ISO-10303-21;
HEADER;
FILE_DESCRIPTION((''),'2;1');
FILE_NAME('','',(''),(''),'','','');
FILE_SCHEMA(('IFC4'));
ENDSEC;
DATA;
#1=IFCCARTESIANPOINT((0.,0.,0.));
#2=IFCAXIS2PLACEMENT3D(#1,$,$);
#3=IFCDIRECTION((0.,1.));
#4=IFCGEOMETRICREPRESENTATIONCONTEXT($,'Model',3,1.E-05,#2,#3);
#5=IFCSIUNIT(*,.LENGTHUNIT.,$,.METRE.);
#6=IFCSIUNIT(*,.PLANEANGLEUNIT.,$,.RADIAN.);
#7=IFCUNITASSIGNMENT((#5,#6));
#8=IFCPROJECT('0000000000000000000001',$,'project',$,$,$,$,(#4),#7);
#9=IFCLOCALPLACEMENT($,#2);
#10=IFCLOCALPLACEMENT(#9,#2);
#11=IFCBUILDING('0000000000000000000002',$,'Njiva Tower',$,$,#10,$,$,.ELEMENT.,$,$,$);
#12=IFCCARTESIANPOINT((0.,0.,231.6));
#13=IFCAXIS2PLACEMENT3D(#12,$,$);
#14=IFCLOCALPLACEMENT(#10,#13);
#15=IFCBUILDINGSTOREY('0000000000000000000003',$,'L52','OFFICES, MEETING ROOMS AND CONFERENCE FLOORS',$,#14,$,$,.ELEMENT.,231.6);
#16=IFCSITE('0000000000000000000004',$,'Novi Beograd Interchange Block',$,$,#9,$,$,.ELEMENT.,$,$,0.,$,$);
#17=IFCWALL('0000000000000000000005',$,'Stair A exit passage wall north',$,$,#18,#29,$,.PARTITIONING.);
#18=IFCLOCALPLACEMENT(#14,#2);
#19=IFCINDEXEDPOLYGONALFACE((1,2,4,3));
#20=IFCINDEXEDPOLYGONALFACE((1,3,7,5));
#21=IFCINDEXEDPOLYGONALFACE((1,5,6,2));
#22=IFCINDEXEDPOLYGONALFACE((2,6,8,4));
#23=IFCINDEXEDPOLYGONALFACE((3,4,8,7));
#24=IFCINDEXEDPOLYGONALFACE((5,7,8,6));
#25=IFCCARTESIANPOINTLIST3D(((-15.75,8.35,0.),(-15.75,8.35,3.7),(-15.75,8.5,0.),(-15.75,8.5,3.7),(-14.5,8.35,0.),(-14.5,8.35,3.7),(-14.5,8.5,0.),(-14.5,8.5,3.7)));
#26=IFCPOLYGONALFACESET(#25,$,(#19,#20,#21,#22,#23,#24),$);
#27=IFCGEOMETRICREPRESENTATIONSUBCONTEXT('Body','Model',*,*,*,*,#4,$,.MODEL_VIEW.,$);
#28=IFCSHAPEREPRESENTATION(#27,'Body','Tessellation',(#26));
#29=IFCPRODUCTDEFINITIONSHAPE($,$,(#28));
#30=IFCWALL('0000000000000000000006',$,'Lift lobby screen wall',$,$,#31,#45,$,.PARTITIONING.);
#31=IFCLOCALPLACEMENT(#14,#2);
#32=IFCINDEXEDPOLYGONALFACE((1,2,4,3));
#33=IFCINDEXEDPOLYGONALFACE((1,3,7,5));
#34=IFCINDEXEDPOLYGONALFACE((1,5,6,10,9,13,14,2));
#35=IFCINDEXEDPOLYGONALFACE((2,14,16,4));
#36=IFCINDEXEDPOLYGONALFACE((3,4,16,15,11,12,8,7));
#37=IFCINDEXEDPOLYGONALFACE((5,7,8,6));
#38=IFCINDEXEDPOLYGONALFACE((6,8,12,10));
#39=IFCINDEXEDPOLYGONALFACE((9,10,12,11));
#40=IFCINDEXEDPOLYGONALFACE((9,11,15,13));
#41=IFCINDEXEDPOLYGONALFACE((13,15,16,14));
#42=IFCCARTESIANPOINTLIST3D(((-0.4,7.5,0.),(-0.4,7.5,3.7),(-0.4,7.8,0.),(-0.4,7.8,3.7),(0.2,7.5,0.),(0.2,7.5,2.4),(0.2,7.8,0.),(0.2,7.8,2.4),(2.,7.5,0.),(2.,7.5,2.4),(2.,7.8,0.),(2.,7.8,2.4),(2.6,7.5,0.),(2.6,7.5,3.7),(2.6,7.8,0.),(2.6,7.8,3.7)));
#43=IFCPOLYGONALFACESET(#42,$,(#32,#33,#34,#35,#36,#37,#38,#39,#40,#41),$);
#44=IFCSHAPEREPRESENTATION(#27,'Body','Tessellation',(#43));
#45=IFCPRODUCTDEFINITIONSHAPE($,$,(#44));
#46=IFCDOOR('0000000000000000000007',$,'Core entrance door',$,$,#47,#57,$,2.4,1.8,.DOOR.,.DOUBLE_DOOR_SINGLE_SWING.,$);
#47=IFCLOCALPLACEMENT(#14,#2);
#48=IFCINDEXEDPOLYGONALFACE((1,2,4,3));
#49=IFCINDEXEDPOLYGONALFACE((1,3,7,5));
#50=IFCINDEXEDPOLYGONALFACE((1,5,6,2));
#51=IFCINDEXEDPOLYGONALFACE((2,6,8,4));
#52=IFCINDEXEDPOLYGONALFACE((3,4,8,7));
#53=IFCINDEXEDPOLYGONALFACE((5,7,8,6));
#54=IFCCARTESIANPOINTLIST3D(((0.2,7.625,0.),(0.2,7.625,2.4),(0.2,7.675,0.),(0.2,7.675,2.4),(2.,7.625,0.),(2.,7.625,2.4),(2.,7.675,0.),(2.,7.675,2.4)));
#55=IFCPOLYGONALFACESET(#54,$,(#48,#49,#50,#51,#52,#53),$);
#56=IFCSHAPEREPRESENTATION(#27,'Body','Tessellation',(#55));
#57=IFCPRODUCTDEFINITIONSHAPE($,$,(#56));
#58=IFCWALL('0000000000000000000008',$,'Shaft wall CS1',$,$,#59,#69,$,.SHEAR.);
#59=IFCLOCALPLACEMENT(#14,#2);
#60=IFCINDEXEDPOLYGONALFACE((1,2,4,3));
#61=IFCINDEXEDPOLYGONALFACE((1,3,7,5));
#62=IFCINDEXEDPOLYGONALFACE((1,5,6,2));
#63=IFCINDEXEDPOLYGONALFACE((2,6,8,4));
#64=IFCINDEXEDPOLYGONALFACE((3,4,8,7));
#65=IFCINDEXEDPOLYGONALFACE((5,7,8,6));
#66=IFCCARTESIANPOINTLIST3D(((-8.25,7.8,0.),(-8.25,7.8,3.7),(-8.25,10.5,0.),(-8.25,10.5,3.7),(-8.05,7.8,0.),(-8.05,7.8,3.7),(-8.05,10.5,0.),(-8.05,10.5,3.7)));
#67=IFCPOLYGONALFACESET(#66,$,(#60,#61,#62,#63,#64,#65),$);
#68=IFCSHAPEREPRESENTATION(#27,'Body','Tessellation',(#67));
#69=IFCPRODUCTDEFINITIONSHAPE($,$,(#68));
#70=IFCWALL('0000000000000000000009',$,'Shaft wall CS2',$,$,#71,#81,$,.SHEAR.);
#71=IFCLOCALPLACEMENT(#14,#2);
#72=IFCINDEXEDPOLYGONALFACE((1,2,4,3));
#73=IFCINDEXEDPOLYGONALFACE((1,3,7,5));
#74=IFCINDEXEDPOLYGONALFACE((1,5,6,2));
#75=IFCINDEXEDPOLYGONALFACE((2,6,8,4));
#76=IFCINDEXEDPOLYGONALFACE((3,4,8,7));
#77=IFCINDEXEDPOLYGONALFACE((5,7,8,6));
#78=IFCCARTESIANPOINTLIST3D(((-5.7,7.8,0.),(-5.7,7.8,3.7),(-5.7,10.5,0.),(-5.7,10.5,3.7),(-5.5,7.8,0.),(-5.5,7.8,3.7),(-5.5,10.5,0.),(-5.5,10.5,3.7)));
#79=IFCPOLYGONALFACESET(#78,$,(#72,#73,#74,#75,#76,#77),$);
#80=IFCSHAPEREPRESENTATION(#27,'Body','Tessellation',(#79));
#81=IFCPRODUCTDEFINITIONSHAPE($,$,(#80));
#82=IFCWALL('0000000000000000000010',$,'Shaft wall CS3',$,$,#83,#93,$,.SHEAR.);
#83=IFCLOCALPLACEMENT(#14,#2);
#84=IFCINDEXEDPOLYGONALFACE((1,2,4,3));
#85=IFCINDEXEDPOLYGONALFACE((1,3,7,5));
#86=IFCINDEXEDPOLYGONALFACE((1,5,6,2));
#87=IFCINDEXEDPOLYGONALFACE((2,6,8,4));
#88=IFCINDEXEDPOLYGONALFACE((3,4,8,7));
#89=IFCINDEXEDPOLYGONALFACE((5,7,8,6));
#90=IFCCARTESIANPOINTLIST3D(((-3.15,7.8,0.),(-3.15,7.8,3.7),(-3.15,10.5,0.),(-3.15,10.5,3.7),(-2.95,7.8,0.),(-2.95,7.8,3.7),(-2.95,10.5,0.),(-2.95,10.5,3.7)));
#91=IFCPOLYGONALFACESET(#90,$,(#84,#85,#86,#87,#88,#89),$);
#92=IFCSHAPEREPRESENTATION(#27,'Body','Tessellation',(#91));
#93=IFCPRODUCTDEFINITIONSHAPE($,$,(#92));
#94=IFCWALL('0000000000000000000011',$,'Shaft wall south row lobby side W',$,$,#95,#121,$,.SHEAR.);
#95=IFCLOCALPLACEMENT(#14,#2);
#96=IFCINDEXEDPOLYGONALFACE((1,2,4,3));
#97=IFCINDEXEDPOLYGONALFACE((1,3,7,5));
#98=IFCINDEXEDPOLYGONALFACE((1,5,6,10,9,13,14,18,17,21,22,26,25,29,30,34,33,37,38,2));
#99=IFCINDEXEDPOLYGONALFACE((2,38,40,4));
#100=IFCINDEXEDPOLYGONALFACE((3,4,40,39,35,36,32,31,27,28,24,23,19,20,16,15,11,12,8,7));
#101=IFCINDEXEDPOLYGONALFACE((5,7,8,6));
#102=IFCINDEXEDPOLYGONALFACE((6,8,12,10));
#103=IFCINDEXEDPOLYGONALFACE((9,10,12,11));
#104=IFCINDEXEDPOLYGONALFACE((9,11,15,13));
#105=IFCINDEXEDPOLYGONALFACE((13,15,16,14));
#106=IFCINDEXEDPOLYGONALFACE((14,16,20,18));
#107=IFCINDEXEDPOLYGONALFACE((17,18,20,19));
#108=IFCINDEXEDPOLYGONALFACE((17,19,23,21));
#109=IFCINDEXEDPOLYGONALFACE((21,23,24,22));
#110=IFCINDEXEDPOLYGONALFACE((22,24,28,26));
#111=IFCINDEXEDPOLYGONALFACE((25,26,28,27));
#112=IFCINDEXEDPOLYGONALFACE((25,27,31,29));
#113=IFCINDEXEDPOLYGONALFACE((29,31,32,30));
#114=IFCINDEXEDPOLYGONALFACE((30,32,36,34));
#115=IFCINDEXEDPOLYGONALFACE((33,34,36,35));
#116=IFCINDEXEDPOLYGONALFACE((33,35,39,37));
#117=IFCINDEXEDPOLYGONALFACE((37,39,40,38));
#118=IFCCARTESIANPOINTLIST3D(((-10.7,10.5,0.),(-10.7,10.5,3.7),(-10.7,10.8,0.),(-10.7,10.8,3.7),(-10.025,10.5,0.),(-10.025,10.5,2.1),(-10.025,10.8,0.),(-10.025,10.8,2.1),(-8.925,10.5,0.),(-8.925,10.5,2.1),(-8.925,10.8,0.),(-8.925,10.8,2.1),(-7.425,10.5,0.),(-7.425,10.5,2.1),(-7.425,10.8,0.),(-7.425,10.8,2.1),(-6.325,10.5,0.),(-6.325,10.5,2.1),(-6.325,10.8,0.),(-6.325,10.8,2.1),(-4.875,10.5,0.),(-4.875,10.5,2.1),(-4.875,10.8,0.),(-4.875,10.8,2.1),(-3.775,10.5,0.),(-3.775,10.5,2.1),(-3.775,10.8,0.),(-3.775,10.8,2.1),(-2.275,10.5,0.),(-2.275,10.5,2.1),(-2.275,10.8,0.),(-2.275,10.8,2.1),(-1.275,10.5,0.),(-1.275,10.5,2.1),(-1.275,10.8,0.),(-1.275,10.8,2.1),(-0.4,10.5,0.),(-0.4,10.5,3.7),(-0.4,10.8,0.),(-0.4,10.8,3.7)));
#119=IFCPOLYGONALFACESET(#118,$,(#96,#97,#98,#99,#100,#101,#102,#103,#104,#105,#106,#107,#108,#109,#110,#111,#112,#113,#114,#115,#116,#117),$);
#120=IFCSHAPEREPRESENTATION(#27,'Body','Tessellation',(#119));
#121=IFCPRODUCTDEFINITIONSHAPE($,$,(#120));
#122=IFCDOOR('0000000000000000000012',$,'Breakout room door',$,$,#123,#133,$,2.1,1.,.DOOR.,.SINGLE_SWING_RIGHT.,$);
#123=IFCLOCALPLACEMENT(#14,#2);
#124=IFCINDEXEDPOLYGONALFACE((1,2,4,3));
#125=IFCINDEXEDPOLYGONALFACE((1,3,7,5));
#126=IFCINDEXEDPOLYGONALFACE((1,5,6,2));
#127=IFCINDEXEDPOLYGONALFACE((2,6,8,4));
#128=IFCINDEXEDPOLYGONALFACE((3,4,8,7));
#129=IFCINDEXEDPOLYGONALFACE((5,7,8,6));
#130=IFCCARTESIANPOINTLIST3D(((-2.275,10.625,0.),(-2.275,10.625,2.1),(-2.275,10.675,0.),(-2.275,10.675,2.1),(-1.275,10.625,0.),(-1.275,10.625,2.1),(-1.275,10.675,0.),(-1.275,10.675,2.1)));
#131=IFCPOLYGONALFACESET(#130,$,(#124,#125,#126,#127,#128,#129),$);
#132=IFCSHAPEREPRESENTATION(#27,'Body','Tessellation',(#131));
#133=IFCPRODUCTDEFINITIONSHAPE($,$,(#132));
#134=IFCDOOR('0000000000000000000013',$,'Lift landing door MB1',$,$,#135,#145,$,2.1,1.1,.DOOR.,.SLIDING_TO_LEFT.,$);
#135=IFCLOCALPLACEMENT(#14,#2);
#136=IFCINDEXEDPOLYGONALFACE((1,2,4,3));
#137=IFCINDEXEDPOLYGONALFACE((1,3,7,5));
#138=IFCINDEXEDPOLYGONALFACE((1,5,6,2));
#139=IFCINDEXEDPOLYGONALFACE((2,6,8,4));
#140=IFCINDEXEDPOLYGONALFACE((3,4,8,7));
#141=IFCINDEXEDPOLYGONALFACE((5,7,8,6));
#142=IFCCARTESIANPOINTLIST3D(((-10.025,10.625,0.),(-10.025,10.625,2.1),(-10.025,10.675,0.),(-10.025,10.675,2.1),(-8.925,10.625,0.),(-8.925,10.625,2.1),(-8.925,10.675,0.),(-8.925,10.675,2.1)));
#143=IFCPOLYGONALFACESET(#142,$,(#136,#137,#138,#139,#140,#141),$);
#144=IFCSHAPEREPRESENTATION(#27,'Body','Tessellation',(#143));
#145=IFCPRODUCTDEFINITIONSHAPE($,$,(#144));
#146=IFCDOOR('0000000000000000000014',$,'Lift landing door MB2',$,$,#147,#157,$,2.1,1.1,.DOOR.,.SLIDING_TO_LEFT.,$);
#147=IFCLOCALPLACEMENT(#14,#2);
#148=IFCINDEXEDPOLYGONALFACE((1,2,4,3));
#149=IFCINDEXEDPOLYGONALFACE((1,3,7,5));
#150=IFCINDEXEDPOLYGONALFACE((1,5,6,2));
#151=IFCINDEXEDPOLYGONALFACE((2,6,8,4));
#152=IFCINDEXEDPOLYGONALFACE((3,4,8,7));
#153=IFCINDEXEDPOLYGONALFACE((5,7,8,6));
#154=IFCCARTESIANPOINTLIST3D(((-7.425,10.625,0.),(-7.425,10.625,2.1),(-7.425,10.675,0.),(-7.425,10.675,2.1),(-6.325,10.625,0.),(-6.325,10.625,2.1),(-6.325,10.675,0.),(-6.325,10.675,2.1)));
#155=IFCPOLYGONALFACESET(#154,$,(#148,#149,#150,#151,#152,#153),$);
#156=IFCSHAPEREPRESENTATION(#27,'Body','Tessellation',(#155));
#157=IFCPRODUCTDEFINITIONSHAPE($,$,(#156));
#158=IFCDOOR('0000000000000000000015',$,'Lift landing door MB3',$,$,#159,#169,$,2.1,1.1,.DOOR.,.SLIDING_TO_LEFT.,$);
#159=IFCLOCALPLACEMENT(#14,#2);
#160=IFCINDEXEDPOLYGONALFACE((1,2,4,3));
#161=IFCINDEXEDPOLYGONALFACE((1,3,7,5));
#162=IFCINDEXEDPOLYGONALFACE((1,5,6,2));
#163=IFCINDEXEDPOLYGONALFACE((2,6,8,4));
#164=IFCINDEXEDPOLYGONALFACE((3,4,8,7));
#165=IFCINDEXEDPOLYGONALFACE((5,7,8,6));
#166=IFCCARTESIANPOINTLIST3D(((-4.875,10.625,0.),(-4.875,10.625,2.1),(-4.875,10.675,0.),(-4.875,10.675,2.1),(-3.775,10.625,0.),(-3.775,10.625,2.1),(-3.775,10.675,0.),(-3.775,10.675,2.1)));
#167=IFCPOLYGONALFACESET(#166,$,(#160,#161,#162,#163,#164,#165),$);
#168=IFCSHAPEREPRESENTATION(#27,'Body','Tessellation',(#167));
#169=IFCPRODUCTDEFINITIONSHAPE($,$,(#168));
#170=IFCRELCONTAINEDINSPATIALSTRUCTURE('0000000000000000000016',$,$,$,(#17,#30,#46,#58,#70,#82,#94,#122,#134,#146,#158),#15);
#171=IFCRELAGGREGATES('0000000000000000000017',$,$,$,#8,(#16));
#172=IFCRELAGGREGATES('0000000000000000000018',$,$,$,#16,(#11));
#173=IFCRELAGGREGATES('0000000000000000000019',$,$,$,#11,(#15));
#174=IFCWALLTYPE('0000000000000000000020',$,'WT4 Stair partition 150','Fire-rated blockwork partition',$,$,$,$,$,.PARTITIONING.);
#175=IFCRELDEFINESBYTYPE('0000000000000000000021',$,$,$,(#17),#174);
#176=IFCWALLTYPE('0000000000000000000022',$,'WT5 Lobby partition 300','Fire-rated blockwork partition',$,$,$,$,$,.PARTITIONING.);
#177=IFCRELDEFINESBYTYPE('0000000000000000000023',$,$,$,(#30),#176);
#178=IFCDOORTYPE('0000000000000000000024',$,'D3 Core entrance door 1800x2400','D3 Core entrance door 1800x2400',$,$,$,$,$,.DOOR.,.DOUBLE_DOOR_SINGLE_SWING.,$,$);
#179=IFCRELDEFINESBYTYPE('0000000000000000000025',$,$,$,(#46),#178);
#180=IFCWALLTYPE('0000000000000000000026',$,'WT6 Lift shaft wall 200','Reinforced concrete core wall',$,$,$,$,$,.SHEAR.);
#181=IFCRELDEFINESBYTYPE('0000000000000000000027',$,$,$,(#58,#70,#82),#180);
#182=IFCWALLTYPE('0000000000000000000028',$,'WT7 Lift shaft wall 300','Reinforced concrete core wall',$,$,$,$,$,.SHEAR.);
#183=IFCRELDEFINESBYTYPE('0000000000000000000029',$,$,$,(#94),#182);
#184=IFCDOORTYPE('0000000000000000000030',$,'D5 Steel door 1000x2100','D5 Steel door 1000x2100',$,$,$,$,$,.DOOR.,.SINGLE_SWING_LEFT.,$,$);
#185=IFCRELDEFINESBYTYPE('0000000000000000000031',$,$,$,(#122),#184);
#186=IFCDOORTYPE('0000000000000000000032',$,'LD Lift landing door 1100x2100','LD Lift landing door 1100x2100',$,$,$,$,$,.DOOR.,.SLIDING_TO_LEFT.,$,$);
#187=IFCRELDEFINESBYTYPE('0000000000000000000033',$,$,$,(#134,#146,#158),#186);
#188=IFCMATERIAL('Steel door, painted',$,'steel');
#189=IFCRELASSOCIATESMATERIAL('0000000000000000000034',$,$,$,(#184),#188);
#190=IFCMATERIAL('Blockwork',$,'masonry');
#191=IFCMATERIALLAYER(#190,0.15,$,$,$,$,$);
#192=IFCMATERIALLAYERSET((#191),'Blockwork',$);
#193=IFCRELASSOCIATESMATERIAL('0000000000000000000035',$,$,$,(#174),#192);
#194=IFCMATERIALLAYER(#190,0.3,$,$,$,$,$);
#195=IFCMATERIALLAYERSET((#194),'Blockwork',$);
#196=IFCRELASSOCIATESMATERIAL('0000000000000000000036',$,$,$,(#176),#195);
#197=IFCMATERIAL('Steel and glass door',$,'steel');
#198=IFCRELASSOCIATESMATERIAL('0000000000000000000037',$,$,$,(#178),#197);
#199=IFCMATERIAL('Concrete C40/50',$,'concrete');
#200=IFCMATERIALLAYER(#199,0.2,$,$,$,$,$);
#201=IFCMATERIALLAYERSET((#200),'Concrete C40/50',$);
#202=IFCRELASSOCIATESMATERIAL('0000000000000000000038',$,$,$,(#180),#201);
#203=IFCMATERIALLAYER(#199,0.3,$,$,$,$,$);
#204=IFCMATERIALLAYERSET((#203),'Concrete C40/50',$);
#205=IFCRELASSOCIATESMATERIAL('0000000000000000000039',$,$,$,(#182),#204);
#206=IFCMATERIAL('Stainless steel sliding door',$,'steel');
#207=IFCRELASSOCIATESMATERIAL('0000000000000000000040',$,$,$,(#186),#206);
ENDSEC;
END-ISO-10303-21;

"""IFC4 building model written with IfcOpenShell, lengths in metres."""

from ifc_helpers import new_model, si_unit, direction, frame, frame_2d, origin, place, context, subcontext, project, spatial, rectangle, extrude, material, layer, layer_set, type_object, element, fill, save


model = new_model("IFC4")

# Units and contexts
model_context = context("Model", 3, precision=1e-05, world=origin(), true_north=direction((0.0, 1.0)))
body_context = subcontext(model_context, "Body", "Model", "MODEL_VIEW")
ifc_project = project(units=[si_unit("LENGTHUNIT", "METRE"), si_unit("PLANEANGLEUNIT", "RADIAN")], contexts=[model_context])

# Site, building, storey
site_placement = place(None, origin())
site = spatial("IfcSite", under=ifc_project, at=site_placement, Name="Novi Beograd Interchange Block", CompositionType="ELEMENT", RefElevation=0.0)
building_placement = place(site_placement, origin())
building = spatial("IfcBuilding", under=site, at=building_placement, Name="Njiva Tower", CompositionType="ELEMENT")
storey_placement = place(building_placement, frame((0.0, 0.0, 231.6)))
storey = spatial("IfcBuildingStorey", under=building, at=storey_placement, Name="L52", Description="OFFICES, MEETING ROOMS AND CONFERENCE FLOORS", CompositionType="ELEMENT", Elevation=231.6)

# Shared definitions
ifc_material_1 = material(Name="Blockwork", Category="masonry")

# Shared definitions
ifc_material_2 = material(Name="Concrete C40/50", Category="concrete")
ifc_material_3 = material(Name="Steel door, painted", Category="steel")
door_type_1 = type_object("IfcDoorType", Name="D5 Steel door 1000x2100", Description="D5 Steel door 1000x2100", OperationType="SINGLE_SWING_LEFT", PredefinedType="DOOR", material=ifc_material_3)

# Wall
ifc_layer_1 = layer(ifc_material_1, 0.15)
ifc_layer_set_1 = layer_set([ifc_layer_1], Name="Blockwork")
wall_type_1 = type_object("IfcWallType", Name="WT4 Stair partition 150", Description="Fire-rated blockwork partition", PredefinedType="PARTITIONING", material=ifc_layer_set_1)
wall_1_placement = place(storey_placement, frame((-15.75, 8.425, 0.0), z_axis=(0.0, 0.0, 1.0), x_axis=(1.0, 0.0, 0.0)))
element("IfcWall", 1, at=wall_1_placement, inside=storey, type_object=wall_type_1, Name="Stair A exit passage wall north", PredefinedType="PARTITIONING", context=body_context, shape_type="SweptSolid", body=[
    extrude(rectangle(XDim=1.25, YDim=0.15, at=frame_2d((0.625, 0.0))), origin(), (0.0, 0.0, 1.0), 3.7),
])

# Wall, opening, door
ifc_layer_2 = layer(ifc_material_1, 0.3)
ifc_layer_set_2 = layer_set([ifc_layer_2], Name="Blockwork")
wall_type_2 = type_object("IfcWallType", Name="WT5 Lobby partition 300", Description="Fire-rated blockwork partition", PredefinedType="PARTITIONING", material=ifc_layer_set_2)
wall_2_placement = place(storey_placement, frame((-0.4, 7.65, 0.0), z_axis=(0.0, 0.0, 1.0), x_axis=(1.0, 0.0, 0.0)))
wall_2 = element("IfcWall", 2, at=wall_2_placement, inside=storey, type_object=wall_type_2, Name="Lift lobby screen wall", PredefinedType="PARTITIONING", context=body_context, shape_type="SweptSolid", body=[
    extrude(rectangle(XDim=3.0, YDim=0.3, at=frame_2d((1.5, 0.0))), origin(), (0.0, 0.0, 1.0), 3.7),
])
opening_1_placement = place(wall_2_placement, frame((0.6, 0.0, 0.0)))
opening_1 = element("IfcOpeningElement", 3, at=opening_1_placement, cuts=wall_2, PredefinedType="OPENING", context=body_context, shape_type="SweptSolid", body=[
    extrude(rectangle(XDim=1.8, YDim=2.4, at=frame_2d((0.9, 1.2))), frame((0.0, 0.16, 0.0), z_axis=(0.0, -1.0, 0.0), x_axis=(1.0, 0.0, 0.0)), (0.0, 0.0, 1.0), 0.32),
])
ifc_material_4 = material(Name="Steel and glass door", Category="steel")
door_type_2 = type_object("IfcDoorType", Name="D3 Core entrance door 1800x2400", Description="D3 Core entrance door 1800x2400", OperationType="DOUBLE_DOOR_SINGLE_SWING", PredefinedType="DOOR", material=ifc_material_4)
door_1_placement = place(opening_1_placement, origin())
door_1 = element("IfcDoor", 4, at=door_1_placement, inside=storey, type_object=door_type_2, Name="Core entrance door", OperationType="DOUBLE_DOOR_SINGLE_SWING", OverallHeight=2.4, OverallWidth=1.8, PredefinedType="DOOR", context=body_context, shape_type="SweptSolid", body=[
    extrude(rectangle(XDim=1.8, YDim=2.4, at=frame_2d((0.9, 1.2))), frame((0.0, 0.025, 0.0), z_axis=(0.0, -1.0, 0.0), x_axis=(1.0, 0.0, 0.0)), (0.0, 0.0, 1.0), 0.05),
])
fill(opening_1, door_1)

# Walls
ifc_layer_3 = layer(ifc_material_2, 0.2)
ifc_layer_set_3 = layer_set([ifc_layer_3], Name="Concrete C40/50")
wall_type_3 = type_object("IfcWallType", Name="WT6 Lift shaft wall 200", Description="Reinforced concrete core wall", PredefinedType="SHEAR", material=ifc_layer_set_3)
for number, where, z_axis, x_axis, name in (
    (5, (-8.15, 7.8, 0.0), (0.0, 0.0, 1.0), (0.0, 1.0, 0.0), "Shaft wall CS1"),
    (6, (-5.6, 7.8, 0.0), (0.0, 0.0, 1.0), (0.0, 1.0, 0.0), "Shaft wall CS2"),
    (7, (-3.05, 7.8, 0.0), (0.0, 0.0, 1.0), (0.0, 1.0, 0.0), "Shaft wall CS3"),
):
    element("IfcWall", number, at=place(storey_placement, frame(where, z_axis=z_axis, x_axis=x_axis)), inside=storey, type_object=wall_type_3, Name=name, PredefinedType="SHEAR", context=body_context, shape_type="SweptSolid", body=[
        extrude(rectangle(XDim=2.7, YDim=0.2, at=frame_2d((1.35, 0.0))), origin(), (0.0, 0.0, 1.0), 3.7),
    ])

# Wall, openings, doors
ifc_layer_4 = layer(ifc_material_2, 0.3)
ifc_layer_set_4 = layer_set([ifc_layer_4], Name="Concrete C40/50")
wall_type_4 = type_object("IfcWallType", Name="WT7 Lift shaft wall 300", Description="Reinforced concrete core wall", PredefinedType="SHEAR", material=ifc_layer_set_4)
wall_3_placement = place(storey_placement, frame((-10.7, 10.65, 0.0), z_axis=(0.0, 0.0, 1.0), x_axis=(1.0, 0.0, 0.0)))
wall_3 = element("IfcWall", 8, at=wall_3_placement, inside=storey, type_object=wall_type_4, Name="Shaft wall south row lobby side W", PredefinedType="SHEAR", context=body_context, shape_type="SweptSolid", body=[
    extrude(rectangle(XDim=10.3, YDim=0.3, at=frame_2d((5.15, 0.0))), origin(), (0.0, 0.0, 1.0), 3.7),
])
opening_2_placement = place(wall_3_placement, frame((0.675, 0.0, 0.0)))
opening_2 = element("IfcOpeningElement", 9, at=opening_2_placement, cuts=wall_3, PredefinedType="OPENING", context=body_context, shape_type="SweptSolid", body=[
    extrude(rectangle(XDim=1.1, YDim=2.1, at=frame_2d((0.55, 1.05))), frame((0.0, 0.16, 0.0), z_axis=(0.0, -1.0, 0.0), x_axis=(1.0, 0.0, 0.0)), (0.0, 0.0, 1.0), 0.32),
])
opening_3_placement = place(wall_3_placement, frame((3.275, 0.0, 0.0)))
opening_3 = element("IfcOpeningElement", 10, at=opening_3_placement, cuts=wall_3, PredefinedType="OPENING", context=body_context, shape_type="SweptSolid", body=[
    extrude(rectangle(XDim=1.1, YDim=2.1, at=frame_2d((0.55, 1.05))), frame((0.0, 0.16, 0.0), z_axis=(0.0, -1.0, 0.0), x_axis=(1.0, 0.0, 0.0)), (0.0, 0.0, 1.0), 0.32),
])
opening_4_placement = place(wall_3_placement, frame((5.825, 0.0, 0.0)))
opening_4 = element("IfcOpeningElement", 11, at=opening_4_placement, cuts=wall_3, PredefinedType="OPENING", context=body_context, shape_type="SweptSolid", body=[
    extrude(rectangle(XDim=1.1, YDim=2.1, at=frame_2d((0.55, 1.05))), frame((0.0, 0.16, 0.0), z_axis=(0.0, -1.0, 0.0), x_axis=(1.0, 0.0, 0.0)), (0.0, 0.0, 1.0), 0.32),
])
opening_5_placement = place(wall_3_placement, frame((8.425, 0.0, 0.0)))
opening_5 = element("IfcOpeningElement", 12, at=opening_5_placement, cuts=wall_3, PredefinedType="OPENING", context=body_context, shape_type="SweptSolid", body=[
    extrude(rectangle(XDim=1.0, YDim=2.1, at=frame_2d((0.5, 1.05))), frame((0.0, 0.16, 0.0), z_axis=(0.0, -1.0, 0.0), x_axis=(1.0, 0.0, 0.0)), (0.0, 0.0, 1.0), 0.32),
])
door_2_placement = place(opening_5_placement, origin())
door_2 = element("IfcDoor", 13, at=door_2_placement, inside=storey, type_object=door_type_1, Name="Breakout room door", OperationType="SINGLE_SWING_RIGHT", OverallHeight=2.1, OverallWidth=1.0, PredefinedType="DOOR", context=body_context, shape_type="SweptSolid", body=[
    extrude(rectangle(XDim=1.0, YDim=2.1, at=frame_2d((0.5, 1.05))), frame((0.0, 0.025, 0.0), z_axis=(0.0, -1.0, 0.0), x_axis=(1.0, 0.0, 0.0)), (0.0, 0.0, 1.0), 0.05),
])
fill(opening_5, door_2)
ifc_material_5 = material(Name="Stainless steel sliding door", Category="steel")
door_type_3 = type_object("IfcDoorType", Name="LD Lift landing door 1100x2100", Description="LD Lift landing door 1100x2100", OperationType="SLIDING_TO_LEFT", PredefinedType="DOOR", material=ifc_material_5)
door_3_placement = place(opening_2_placement, origin())
door_3 = element("IfcDoor", 14, at=door_3_placement, inside=storey, type_object=door_type_3, Name="Lift landing door MB1", OperationType="SLIDING_TO_LEFT", OverallHeight=2.1, OverallWidth=1.1, PredefinedType="DOOR", context=body_context, shape_type="SweptSolid", body=[
    extrude(rectangle(XDim=1.1, YDim=2.1, at=frame_2d((0.55, 1.05))), frame((0.0, 0.025, 0.0), z_axis=(0.0, -1.0, 0.0), x_axis=(1.0, 0.0, 0.0)), (0.0, 0.0, 1.0), 0.05),
])
fill(opening_2, door_3)
door_4_placement = place(opening_3_placement, origin())
door_4 = element("IfcDoor", 15, at=door_4_placement, inside=storey, type_object=door_type_3, Name="Lift landing door MB2", OperationType="SLIDING_TO_LEFT", OverallHeight=2.1, OverallWidth=1.1, PredefinedType="DOOR", context=body_context, shape_type="SweptSolid", body=[
    extrude(rectangle(XDim=1.1, YDim=2.1, at=frame_2d((0.55, 1.05))), frame((0.0, 0.025, 0.0), z_axis=(0.0, -1.0, 0.0), x_axis=(1.0, 0.0, 0.0)), (0.0, 0.0, 1.0), 0.05),
])
fill(opening_3, door_4)
door_5_placement = place(opening_4_placement, origin())
door_5 = element("IfcDoor", 16, at=door_5_placement, inside=storey, type_object=door_type_3, Name="Lift landing door MB3", OperationType="SLIDING_TO_LEFT", OverallHeight=2.1, OverallWidth=1.1, PredefinedType="DOOR", context=body_context, shape_type="SweptSolid", body=[
    extrude(rectangle(XDim=1.1, YDim=2.1, at=frame_2d((0.55, 1.05))), frame((0.0, 0.025, 0.0), z_axis=(0.0, -1.0, 0.0), x_axis=(1.0, 0.0, 0.0)), (0.0, 0.0, 1.0), 0.05),
])
fill(opening_4, door_5)

save(model, "model.ifc")
